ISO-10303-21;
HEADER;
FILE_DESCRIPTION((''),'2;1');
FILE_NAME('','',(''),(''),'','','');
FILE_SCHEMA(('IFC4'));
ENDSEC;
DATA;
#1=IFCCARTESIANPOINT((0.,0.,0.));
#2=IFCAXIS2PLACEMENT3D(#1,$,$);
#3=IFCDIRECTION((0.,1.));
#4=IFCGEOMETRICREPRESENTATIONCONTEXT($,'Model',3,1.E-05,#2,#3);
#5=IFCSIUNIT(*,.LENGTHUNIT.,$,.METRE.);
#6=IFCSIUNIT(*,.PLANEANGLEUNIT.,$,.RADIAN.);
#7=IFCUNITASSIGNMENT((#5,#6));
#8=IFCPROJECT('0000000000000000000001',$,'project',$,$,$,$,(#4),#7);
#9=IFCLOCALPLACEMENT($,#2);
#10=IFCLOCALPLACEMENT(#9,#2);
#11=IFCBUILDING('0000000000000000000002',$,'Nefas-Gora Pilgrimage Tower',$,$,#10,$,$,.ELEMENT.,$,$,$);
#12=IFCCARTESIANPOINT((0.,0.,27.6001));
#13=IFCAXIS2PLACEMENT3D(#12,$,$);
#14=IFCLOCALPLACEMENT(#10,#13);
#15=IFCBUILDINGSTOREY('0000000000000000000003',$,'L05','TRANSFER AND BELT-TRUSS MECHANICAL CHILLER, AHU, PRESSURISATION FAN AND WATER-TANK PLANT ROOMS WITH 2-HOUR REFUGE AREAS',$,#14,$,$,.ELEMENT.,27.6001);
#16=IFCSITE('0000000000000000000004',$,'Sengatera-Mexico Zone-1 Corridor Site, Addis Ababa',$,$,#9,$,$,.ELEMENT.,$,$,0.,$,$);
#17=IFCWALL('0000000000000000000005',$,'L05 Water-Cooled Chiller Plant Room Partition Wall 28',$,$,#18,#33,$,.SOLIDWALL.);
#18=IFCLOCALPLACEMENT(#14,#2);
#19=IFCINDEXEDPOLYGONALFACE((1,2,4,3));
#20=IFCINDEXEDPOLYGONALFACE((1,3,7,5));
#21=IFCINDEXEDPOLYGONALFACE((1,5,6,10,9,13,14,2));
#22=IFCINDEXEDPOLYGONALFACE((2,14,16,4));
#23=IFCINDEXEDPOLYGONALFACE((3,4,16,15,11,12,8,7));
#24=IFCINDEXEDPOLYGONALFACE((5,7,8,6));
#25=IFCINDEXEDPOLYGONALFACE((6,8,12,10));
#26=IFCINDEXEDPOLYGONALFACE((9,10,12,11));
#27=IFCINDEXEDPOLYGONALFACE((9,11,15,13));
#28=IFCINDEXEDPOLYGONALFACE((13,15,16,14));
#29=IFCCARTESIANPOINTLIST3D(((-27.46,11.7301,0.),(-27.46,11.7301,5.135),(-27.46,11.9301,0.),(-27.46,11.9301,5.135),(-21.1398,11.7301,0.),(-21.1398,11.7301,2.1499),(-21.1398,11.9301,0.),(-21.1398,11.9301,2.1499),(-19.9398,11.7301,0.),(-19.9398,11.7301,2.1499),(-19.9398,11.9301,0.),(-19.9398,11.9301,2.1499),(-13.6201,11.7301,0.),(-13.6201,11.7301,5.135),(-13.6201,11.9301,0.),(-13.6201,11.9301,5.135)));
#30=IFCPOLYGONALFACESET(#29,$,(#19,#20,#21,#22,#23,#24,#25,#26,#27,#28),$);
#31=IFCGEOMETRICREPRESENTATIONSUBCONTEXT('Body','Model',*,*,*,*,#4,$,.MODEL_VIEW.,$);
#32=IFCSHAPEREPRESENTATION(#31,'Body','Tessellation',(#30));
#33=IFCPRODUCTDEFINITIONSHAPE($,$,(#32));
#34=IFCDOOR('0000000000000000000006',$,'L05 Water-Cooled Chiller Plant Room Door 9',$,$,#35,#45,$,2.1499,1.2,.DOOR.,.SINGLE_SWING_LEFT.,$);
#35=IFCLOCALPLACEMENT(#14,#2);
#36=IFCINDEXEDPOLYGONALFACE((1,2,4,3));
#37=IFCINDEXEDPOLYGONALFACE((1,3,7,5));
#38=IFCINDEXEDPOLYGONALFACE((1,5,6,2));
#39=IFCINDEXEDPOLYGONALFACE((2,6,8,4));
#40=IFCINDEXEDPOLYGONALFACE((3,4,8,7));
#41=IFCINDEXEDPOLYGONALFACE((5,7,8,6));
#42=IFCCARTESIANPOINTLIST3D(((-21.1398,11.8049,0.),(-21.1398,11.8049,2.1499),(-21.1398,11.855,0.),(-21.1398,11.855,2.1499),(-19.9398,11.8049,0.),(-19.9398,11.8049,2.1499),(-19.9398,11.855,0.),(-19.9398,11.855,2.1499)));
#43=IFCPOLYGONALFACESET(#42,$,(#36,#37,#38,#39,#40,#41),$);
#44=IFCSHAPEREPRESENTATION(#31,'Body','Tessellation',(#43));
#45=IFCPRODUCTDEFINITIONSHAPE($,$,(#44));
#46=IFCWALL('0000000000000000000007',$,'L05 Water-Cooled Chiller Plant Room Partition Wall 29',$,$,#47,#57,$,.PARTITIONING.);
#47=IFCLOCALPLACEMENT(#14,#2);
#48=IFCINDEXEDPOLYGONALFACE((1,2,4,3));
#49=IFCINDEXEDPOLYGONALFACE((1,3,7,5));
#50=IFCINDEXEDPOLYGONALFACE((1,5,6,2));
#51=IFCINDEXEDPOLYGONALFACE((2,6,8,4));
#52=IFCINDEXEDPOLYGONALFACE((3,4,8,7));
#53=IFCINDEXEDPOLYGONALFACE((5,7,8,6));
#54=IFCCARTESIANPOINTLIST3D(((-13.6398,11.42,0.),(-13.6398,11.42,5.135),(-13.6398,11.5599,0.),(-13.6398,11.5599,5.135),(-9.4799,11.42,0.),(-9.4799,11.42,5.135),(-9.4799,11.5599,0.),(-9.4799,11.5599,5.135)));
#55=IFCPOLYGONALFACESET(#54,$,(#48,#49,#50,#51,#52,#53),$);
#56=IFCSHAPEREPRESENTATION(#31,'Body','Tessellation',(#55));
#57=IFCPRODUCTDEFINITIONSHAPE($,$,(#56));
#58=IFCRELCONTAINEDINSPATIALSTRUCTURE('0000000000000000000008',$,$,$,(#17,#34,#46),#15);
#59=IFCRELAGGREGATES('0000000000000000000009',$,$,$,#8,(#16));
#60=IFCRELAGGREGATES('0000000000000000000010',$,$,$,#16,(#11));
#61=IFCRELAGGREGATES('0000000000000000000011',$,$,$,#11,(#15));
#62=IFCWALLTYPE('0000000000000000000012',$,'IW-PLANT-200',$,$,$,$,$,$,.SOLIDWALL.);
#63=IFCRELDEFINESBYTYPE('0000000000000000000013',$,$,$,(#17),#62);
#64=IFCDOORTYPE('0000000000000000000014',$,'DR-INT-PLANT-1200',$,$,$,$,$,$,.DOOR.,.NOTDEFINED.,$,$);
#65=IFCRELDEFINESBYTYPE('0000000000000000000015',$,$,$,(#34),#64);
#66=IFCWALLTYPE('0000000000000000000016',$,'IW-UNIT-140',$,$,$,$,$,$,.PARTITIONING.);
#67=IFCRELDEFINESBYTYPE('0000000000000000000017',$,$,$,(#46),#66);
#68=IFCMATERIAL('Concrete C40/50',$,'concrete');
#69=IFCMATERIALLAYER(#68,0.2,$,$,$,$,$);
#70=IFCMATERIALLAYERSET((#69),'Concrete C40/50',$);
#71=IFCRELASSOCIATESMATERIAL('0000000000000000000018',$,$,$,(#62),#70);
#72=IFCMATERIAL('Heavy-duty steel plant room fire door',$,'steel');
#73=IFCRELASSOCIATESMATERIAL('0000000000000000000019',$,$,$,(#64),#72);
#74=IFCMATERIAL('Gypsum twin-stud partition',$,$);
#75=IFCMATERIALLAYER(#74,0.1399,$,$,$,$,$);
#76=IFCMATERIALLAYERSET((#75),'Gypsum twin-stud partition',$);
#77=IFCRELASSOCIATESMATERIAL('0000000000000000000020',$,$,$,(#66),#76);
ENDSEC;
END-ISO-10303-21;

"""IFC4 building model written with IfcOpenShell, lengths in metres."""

from ifc_helpers import new_model, si_unit, direction, frame, frame_2d, origin, place, context, subcontext, project, spatial, rectangle, extrude, source, transform, mapped, material, layer, layer_set, type_object, element, fill, save


model = new_model("IFC4")

# Units and contexts
model_context = context("Model", 3, precision=1e-05, world=origin(), true_north=direction((0.0, 1.0)))
body_context = subcontext(model_context, "Body", "Model", "MODEL_VIEW")
ifc_project = project(units=[si_unit("LENGTHUNIT", "METRE"), si_unit("PLANEANGLEUNIT", "RADIAN")], contexts=[model_context])

# Site, building, storey
site_placement = place(None, origin())
site = spatial("IfcSite", under=ifc_project, at=site_placement, Name="Sengatera-Mexico Zone-1 Corridor Site, Addis Ababa", CompositionType="ELEMENT", RefElevation=0.0)
building_placement = place(site_placement, origin())
building = spatial("IfcBuilding", under=site, at=building_placement, Name="Nefas-Gora Pilgrimage Tower", CompositionType="ELEMENT")
storey_placement = place(building_placement, frame((0.0, 0.0, 27.6001)))
storey = spatial("IfcBuildingStorey", under=building, at=storey_placement, Name="L05", Description="TRANSFER AND BELT-TRUSS MECHANICAL CHILLER, AHU, PRESSURISATION FAN AND WATER-TANK PLANT ROOMS WITH 2-HOUR REFUGE AREAS", CompositionType="ELEMENT", Elevation=27.6001)

# Wall, opening, door
ifc_material_1 = material(Name="Concrete C40/50", Category="concrete")
ifc_layer_1 = layer(ifc_material_1, 0.2)
ifc_layer_set_1 = layer_set([ifc_layer_1], Name="Concrete C40/50")
wall_type_1 = type_object("IfcWallType", Name="IW-PLANT-200", PredefinedType="SOLIDWALL", material=ifc_layer_set_1)
shared_shape_1 = source(origin(), body_context, "Body", "SweptSolid", [
    extrude(rectangle(XDim=13.8398, YDim=0.2, at=frame_2d((6.9199, 0.0))), origin(), (0.0, 0.0, 1.0), 5.135),
])
wall_1_placement = place(storey_placement, frame((-27.46, 11.8301, 0.0), z_axis=(0.0, 0.0, 1.0), x_axis=(1.0, 0.0, 0.0)))
wall_1 = element("IfcWall", 1, at=wall_1_placement, inside=storey, type_object=wall_type_1, Name="L05 Water-Cooled Chiller Plant Room Partition Wall 28", PredefinedType="SOLIDWALL", context=body_context, shape_type="MappedRepresentation", body=[
    mapped(shared_shape_1, transform((0.0, 0.0, 0.0), x_axis=(1.0, 0.0, 0.0), y_axis=(0.0, 1.0, 0.0), z_axis=(0.0, 0.0, 1.0), scale=1.0)),
])
opening_placement = place(wall_1_placement, frame((6.3201, 0.0, 0.0)))
opening = element("IfcOpeningElement", 2, at=opening_placement, cuts=wall_1, PredefinedType="OPENING", context=body_context, shape_type="SweptSolid", body=[
    extrude(rectangle(XDim=1.2, YDim=2.1499, at=frame_2d((0.6001, 1.075))), frame((0.0, 0.1099, 0.0), z_axis=(0.0, -1.0, 0.0), x_axis=(1.0, 0.0, 0.0)), (0.0, 0.0, 1.0), 0.22),
])
ifc_material_2 = material(Name="Heavy-duty steel plant room fire door", Category="steel")
door_type = type_object("IfcDoorType", Name="DR-INT-PLANT-1200", OperationType="NOTDEFINED", PredefinedType="DOOR", material=ifc_material_2)
shared_shape_2 = source(origin(), body_context, "Body", "SweptSolid", [
    extrude(rectangle(XDim=1.2, YDim=2.1499, at=frame_2d((0.6001, 1.075))), frame((0.0, 0.0249, 0.0), z_axis=(0.0, -1.0, 0.0), x_axis=(1.0, 0.0, 0.0)), (0.0, 0.0, 1.0), 0.05),
])
door_placement = place(opening_placement, origin())
door = element("IfcDoor", 3, at=door_placement, inside=storey, type_object=door_type, Name="L05 Water-Cooled Chiller Plant Room Door 9", OperationType="SINGLE_SWING_LEFT", OverallHeight=2.1499, OverallWidth=1.2, PredefinedType="DOOR", context=body_context, shape_type="MappedRepresentation", body=[
    mapped(shared_shape_2, transform((0.0, 0.0, 0.0), x_axis=(1.0, 0.0, 0.0), y_axis=(0.0, 1.0, 0.0), z_axis=(0.0, 0.0, 1.0), scale=1.0)),
])
fill(opening, door)

# Wall
ifc_material_3 = material(Name="Gypsum twin-stud partition")
ifc_layer_2 = layer(ifc_material_3, 0.1399)
ifc_layer_set_2 = layer_set([ifc_layer_2], Name="Gypsum twin-stud partition")
wall_type_2 = type_object("IfcWallType", Name="IW-UNIT-140", PredefinedType="PARTITIONING", material=ifc_layer_set_2)
shared_shape_3 = source(origin(), body_context, "Body", "SweptSolid", [
    extrude(rectangle(XDim=4.1599, YDim=0.1399, at=frame_2d((2.0801, 0.0))), origin(), (0.0, 0.0, 1.0), 5.135),
])
wall_2_placement = place(storey_placement, frame((-13.6399, 11.49, 0.0), z_axis=(0.0, 0.0, 1.0), x_axis=(1.0, 0.0, 0.0)))
element("IfcWall", 4, at=wall_2_placement, inside=storey, type_object=wall_type_2, Name="L05 Water-Cooled Chiller Plant Room Partition Wall 29", PredefinedType="PARTITIONING", context=body_context, shape_type="MappedRepresentation", body=[
    mapped(shared_shape_3, transform((0.0, 0.0, 0.0), x_axis=(1.0, 0.0, 0.0), y_axis=(0.0, 1.0, 0.0), z_axis=(0.0, 0.0, 1.0), scale=1.0)),
])

save(model, "model.ifc")
